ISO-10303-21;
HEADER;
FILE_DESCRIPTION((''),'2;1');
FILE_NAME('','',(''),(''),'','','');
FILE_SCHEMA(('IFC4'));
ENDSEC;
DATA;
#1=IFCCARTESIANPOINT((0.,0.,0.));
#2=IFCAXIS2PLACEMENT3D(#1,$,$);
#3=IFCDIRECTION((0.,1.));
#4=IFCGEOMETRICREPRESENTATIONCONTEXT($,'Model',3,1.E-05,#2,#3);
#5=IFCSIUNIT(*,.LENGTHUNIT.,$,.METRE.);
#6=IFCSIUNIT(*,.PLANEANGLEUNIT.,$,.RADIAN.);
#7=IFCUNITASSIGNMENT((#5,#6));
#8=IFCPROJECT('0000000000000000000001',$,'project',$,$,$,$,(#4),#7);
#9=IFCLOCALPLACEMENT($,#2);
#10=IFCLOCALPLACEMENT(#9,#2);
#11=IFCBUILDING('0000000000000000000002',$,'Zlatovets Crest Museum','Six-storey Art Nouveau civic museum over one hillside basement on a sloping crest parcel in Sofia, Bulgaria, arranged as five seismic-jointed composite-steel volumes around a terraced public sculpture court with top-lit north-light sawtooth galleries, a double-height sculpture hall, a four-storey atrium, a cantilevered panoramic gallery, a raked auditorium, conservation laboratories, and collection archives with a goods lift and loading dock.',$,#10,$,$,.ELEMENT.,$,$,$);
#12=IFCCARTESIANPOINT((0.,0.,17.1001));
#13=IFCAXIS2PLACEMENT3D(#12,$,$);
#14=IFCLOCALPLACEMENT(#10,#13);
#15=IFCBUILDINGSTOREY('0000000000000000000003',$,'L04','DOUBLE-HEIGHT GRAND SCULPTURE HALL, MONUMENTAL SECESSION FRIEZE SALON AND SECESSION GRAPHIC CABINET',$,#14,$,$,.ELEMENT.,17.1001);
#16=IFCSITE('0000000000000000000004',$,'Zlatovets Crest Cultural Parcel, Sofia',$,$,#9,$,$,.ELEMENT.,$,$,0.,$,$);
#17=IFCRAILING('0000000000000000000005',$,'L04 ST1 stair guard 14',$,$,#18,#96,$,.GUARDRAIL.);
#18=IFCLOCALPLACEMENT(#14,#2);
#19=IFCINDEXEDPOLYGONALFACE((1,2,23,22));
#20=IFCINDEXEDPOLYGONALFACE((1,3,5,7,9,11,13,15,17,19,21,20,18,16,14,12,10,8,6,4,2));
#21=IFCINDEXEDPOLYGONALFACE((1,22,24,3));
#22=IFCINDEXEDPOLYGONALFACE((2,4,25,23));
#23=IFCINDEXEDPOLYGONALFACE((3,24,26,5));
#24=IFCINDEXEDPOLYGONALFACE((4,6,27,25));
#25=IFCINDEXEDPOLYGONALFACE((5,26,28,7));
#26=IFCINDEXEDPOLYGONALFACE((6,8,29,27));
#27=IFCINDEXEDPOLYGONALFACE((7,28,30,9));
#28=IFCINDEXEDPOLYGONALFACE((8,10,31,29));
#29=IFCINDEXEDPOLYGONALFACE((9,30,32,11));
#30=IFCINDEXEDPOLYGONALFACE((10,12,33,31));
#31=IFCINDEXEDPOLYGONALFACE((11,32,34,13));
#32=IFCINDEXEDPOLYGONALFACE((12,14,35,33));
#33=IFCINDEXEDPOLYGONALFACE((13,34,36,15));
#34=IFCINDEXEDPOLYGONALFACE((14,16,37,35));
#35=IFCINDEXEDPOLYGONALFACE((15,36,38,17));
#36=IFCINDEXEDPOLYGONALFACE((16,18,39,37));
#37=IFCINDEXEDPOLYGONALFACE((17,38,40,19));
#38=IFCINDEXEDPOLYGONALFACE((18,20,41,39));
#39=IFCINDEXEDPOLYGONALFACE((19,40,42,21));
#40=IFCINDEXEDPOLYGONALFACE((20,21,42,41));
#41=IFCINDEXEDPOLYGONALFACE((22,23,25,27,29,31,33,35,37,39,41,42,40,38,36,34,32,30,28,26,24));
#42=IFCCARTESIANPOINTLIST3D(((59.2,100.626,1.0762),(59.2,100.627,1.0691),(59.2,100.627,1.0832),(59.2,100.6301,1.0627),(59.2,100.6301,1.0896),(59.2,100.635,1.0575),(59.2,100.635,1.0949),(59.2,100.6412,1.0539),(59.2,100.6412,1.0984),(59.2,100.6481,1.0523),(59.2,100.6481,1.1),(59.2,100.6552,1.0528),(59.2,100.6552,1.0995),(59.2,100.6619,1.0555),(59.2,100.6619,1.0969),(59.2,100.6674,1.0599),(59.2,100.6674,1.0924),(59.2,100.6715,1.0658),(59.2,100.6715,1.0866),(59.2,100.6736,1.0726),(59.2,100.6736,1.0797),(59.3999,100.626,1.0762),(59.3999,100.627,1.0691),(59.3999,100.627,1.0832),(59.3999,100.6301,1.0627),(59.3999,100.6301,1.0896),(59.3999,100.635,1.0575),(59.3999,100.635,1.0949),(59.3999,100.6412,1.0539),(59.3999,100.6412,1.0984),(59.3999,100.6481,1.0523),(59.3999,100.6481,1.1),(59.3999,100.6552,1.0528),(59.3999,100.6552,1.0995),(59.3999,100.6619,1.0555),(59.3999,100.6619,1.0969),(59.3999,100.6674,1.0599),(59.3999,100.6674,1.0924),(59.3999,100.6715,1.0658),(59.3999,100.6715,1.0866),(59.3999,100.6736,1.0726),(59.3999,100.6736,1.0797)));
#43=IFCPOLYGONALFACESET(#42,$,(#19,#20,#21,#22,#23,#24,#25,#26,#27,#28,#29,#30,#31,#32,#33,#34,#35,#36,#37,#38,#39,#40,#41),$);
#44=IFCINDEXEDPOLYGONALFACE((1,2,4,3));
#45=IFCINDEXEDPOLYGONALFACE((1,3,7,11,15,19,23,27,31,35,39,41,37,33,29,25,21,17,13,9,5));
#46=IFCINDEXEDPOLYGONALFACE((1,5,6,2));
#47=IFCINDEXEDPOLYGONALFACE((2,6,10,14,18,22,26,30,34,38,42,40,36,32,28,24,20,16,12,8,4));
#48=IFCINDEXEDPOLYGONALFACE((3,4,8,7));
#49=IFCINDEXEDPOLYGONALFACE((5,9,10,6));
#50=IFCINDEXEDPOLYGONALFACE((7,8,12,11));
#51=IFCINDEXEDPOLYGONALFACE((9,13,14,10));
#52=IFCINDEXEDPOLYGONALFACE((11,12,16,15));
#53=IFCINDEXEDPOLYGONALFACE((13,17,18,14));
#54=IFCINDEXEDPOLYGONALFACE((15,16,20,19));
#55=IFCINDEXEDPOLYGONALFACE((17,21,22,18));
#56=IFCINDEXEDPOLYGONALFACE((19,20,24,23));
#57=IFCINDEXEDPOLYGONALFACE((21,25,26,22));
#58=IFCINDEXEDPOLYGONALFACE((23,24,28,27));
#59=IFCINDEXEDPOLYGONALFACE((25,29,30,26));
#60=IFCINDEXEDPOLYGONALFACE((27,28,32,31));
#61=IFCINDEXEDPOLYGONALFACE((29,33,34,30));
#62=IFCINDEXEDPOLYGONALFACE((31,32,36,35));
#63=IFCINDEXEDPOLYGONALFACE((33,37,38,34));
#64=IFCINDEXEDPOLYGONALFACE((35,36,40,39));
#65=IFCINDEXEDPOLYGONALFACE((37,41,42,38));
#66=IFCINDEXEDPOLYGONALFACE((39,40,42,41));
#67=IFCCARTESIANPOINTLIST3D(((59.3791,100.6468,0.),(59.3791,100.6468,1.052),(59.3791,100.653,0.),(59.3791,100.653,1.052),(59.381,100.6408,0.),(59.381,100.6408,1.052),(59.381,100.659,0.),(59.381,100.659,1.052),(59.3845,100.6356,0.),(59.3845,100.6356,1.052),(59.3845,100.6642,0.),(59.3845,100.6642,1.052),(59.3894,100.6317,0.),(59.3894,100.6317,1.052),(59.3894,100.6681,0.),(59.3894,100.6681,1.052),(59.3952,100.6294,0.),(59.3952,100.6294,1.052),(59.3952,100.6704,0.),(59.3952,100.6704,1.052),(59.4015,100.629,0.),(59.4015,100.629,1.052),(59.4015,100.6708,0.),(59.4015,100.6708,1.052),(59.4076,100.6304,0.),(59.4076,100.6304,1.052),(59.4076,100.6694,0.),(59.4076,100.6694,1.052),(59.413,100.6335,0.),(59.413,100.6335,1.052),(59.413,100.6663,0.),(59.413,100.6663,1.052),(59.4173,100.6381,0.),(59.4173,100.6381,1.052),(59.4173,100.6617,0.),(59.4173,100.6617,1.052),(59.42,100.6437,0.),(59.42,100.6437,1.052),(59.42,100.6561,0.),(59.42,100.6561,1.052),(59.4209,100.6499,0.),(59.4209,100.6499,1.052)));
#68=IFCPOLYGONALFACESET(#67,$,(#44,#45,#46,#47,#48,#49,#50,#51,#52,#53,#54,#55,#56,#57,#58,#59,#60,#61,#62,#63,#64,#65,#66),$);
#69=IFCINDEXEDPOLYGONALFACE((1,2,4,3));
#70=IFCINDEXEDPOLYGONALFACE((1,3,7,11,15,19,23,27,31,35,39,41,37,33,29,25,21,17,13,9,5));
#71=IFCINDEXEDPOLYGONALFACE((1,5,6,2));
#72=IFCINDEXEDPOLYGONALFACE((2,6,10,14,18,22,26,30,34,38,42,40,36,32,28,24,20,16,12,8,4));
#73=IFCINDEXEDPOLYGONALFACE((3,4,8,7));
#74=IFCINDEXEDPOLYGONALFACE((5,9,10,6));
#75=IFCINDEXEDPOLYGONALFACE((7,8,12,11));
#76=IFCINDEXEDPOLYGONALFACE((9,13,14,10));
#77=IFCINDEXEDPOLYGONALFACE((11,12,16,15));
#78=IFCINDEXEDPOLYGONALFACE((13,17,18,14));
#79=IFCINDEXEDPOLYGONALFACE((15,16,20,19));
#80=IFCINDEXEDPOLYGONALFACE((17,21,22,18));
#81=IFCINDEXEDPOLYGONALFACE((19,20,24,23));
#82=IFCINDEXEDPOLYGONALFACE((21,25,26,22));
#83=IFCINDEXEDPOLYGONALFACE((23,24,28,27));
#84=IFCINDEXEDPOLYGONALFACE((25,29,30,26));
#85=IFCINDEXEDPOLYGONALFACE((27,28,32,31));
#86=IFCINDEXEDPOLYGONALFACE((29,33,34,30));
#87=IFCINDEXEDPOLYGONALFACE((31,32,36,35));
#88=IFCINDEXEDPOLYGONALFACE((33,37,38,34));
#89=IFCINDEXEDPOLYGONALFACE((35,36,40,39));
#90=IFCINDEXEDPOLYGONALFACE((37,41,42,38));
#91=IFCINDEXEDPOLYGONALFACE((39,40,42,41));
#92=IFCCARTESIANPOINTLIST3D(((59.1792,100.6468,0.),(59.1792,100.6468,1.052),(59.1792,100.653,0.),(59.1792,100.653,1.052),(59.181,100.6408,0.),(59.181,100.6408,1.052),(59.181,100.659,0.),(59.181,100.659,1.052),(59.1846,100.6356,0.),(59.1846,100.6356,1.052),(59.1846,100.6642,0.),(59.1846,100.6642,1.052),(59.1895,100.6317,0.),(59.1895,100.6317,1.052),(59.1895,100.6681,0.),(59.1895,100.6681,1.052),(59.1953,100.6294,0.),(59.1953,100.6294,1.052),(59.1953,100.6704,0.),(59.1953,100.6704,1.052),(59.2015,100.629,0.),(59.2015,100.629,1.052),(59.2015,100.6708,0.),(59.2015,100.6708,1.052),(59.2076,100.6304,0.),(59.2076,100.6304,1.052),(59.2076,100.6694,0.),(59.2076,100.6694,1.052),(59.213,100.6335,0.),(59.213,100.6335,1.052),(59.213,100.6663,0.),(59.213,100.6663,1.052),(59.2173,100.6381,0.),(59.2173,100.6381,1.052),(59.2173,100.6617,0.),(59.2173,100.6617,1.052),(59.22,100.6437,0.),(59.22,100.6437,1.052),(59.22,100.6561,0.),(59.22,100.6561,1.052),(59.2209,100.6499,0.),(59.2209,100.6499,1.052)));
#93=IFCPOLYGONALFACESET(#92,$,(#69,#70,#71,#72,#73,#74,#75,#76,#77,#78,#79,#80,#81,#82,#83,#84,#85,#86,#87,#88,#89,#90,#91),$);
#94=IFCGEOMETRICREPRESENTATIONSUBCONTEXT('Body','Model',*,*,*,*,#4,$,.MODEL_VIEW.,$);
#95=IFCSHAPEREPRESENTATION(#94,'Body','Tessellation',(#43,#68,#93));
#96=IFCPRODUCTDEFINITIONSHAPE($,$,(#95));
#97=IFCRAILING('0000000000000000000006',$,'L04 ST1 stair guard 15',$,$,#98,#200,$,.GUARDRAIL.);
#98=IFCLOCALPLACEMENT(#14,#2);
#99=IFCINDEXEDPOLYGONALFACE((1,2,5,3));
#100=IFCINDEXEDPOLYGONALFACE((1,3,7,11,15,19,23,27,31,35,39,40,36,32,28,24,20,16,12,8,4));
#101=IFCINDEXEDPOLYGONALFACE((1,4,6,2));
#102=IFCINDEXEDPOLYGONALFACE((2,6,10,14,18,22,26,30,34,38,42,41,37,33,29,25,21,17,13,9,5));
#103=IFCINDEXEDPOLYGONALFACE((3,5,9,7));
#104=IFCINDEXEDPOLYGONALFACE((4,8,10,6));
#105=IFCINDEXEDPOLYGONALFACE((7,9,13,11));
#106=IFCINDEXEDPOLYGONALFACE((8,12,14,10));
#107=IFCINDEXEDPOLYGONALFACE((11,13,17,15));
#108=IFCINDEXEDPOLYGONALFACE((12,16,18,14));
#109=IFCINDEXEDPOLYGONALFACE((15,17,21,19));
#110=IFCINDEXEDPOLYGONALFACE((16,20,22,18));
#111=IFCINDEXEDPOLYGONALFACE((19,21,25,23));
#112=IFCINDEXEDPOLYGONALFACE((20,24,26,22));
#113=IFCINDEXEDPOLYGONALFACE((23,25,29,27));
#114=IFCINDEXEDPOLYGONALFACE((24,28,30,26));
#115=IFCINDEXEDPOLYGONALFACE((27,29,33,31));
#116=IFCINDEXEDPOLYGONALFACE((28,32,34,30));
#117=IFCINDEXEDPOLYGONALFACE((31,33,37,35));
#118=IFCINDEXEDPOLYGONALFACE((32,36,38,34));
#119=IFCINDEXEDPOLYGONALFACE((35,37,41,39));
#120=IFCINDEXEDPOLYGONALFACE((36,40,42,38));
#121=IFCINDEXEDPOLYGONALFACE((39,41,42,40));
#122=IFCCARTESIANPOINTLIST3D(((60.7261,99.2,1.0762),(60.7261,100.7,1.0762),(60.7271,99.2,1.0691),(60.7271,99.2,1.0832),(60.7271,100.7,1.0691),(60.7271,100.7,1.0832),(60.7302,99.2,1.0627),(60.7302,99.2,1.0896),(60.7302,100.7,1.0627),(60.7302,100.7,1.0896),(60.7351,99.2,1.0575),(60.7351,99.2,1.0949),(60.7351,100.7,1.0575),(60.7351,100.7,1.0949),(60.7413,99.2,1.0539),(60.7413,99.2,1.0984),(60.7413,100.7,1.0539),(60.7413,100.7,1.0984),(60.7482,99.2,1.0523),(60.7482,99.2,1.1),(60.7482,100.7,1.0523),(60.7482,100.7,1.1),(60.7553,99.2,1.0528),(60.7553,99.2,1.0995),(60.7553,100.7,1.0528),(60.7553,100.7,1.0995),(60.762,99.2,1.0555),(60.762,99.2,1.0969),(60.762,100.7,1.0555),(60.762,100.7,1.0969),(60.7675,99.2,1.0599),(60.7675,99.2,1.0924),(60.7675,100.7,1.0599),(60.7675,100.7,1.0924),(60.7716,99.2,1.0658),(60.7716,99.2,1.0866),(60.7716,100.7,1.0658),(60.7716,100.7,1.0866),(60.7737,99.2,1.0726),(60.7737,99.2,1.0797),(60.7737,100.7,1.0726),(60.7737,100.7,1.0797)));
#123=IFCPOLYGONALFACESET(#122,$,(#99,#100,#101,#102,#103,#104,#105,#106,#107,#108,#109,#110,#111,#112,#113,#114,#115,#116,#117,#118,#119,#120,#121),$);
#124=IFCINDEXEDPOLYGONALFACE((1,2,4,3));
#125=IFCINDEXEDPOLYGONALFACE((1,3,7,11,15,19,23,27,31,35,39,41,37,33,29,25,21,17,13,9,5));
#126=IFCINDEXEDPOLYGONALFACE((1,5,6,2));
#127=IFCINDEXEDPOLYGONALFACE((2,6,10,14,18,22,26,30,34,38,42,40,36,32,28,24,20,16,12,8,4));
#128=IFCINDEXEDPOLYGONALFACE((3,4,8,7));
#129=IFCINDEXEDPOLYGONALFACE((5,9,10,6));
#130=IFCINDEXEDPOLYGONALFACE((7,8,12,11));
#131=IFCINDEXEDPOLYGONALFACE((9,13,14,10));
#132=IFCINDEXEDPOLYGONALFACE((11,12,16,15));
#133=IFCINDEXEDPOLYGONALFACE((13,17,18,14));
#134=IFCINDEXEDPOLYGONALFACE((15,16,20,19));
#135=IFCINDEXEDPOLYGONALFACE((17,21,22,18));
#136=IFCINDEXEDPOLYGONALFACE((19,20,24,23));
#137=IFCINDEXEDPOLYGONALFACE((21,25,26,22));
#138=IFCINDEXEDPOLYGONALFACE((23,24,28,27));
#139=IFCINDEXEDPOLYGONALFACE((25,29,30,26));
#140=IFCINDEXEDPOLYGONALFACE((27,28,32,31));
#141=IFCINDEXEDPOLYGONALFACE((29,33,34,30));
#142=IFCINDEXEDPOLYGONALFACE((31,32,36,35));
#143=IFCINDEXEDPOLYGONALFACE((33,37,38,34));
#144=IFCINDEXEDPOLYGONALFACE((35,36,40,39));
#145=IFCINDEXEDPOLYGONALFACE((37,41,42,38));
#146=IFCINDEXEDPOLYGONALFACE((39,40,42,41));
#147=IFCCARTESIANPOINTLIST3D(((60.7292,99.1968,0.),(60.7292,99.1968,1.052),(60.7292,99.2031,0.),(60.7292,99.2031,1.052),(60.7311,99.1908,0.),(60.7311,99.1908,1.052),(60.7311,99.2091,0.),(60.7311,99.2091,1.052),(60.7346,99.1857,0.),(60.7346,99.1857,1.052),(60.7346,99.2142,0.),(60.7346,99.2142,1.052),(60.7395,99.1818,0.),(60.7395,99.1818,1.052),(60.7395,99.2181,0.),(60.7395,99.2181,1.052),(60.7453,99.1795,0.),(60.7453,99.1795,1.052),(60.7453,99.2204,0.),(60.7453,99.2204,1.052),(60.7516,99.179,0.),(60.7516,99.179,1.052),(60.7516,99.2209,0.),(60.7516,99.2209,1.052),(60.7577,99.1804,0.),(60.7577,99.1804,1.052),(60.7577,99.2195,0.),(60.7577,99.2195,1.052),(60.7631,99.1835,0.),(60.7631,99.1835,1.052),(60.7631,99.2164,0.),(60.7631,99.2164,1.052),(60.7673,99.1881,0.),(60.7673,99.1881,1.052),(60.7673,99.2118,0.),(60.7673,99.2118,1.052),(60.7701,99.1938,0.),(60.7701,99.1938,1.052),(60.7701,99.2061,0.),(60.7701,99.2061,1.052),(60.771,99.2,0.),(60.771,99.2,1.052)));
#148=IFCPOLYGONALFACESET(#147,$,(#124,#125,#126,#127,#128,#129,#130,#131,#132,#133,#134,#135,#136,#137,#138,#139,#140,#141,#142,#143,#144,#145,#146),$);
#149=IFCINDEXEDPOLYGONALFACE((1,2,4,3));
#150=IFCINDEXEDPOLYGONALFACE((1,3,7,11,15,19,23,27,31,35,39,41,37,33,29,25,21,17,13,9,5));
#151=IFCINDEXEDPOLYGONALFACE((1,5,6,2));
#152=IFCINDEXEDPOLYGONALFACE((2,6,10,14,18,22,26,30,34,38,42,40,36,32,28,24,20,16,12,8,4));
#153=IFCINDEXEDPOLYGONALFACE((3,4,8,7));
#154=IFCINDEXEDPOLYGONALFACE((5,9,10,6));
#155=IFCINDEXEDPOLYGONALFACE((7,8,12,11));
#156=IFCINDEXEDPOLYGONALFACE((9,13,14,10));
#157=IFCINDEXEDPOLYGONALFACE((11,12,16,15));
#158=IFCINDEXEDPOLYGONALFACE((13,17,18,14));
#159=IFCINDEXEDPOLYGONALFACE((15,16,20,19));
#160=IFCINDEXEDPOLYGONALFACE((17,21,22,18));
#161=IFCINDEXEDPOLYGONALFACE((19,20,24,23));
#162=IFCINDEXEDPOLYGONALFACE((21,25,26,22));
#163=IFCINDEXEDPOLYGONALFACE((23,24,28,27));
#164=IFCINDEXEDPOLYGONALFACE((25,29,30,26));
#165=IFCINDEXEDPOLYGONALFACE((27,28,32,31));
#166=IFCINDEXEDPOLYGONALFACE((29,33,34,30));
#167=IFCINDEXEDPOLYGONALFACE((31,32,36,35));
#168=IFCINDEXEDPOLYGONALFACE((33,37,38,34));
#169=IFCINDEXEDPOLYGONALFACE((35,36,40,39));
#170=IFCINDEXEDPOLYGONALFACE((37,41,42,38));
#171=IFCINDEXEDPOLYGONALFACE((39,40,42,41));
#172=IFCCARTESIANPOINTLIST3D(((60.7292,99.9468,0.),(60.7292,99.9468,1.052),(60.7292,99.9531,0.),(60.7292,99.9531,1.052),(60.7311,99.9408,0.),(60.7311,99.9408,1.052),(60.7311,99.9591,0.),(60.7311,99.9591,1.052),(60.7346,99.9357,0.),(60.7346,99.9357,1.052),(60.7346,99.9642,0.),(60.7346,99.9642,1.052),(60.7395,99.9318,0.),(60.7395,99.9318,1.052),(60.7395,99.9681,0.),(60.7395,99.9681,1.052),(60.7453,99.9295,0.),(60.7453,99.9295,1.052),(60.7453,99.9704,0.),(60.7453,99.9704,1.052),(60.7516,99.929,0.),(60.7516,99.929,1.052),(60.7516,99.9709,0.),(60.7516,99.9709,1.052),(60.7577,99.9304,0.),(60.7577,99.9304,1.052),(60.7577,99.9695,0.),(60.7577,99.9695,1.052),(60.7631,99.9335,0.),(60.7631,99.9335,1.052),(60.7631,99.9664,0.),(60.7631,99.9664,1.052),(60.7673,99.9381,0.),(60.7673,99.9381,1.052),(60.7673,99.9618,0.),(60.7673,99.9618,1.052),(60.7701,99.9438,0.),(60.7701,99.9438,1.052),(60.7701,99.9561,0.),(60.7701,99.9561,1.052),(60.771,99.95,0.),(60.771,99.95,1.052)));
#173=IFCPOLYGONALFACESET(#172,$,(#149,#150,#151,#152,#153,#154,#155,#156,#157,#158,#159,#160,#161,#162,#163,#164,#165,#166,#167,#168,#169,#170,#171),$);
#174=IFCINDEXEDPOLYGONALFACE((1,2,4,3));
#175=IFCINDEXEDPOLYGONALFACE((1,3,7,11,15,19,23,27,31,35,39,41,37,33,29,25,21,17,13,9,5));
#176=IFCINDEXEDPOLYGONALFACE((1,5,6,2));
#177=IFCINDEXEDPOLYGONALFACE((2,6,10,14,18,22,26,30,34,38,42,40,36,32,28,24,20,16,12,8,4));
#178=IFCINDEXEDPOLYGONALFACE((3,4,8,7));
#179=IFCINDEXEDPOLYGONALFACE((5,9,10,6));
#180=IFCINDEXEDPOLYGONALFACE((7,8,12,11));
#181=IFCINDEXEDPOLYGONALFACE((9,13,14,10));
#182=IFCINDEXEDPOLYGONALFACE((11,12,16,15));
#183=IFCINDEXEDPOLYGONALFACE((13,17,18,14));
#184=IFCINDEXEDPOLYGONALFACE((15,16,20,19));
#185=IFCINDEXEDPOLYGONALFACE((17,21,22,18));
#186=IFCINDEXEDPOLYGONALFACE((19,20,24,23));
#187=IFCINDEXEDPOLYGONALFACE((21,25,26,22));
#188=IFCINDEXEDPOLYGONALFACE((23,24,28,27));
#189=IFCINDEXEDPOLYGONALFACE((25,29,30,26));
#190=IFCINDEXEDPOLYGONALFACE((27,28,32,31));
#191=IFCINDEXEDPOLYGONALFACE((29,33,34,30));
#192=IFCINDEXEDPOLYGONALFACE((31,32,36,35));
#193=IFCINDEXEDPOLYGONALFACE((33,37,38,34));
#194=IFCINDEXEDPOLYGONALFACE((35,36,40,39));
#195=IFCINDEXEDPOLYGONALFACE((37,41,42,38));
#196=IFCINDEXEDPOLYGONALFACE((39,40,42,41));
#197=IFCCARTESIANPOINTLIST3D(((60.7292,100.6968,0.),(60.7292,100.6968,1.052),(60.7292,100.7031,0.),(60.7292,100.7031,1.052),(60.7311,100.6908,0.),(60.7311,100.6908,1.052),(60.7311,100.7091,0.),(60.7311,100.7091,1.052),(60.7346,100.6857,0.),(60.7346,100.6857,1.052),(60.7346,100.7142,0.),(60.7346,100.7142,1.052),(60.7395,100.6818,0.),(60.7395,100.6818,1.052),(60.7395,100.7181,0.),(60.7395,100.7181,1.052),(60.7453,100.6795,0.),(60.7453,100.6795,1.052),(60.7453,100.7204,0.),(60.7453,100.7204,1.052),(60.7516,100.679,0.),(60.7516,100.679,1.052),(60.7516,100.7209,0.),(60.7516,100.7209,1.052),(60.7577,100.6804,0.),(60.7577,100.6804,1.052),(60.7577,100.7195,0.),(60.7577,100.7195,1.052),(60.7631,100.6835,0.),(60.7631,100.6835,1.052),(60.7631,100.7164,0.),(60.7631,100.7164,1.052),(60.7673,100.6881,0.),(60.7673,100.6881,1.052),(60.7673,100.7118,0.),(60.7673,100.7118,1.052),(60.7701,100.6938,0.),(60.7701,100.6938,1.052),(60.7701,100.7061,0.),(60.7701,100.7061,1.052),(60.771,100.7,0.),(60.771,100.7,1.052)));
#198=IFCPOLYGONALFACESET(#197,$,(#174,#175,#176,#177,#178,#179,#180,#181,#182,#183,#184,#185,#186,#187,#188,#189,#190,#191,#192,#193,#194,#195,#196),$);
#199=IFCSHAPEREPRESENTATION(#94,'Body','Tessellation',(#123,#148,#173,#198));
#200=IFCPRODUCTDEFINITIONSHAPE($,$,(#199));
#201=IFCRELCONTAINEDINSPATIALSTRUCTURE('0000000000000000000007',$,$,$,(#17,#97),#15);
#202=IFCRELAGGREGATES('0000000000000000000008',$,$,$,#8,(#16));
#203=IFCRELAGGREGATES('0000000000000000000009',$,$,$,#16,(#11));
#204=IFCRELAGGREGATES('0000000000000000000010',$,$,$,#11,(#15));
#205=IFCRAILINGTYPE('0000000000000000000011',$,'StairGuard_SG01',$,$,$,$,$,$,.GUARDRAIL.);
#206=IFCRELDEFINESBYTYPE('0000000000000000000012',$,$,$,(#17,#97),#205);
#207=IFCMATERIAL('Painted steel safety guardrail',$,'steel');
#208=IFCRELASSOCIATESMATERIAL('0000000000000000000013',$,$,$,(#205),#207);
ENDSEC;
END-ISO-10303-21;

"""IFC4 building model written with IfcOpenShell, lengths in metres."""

from ifc_helpers import new_model, si_unit, direction, frame, origin, origin_2d, place, context, subcontext, project, spatial, circle, extrude, material, type_object, element, save


model = new_model("IFC4")

# Units and contexts
model_context = context("Model", 3, precision=1e-05, world=origin(), true_north=direction((0.0, 1.0)))
body_context = subcontext(model_context, "Body", "Model", "MODEL_VIEW")
ifc_project = project(units=[si_unit("LENGTHUNIT", "METRE"), si_unit("PLANEANGLEUNIT", "RADIAN")], contexts=[model_context])

# Site, building, storey
site_placement = place(None, origin())
site = spatial("IfcSite", under=ifc_project, at=site_placement, Name="Zlatovets Crest Cultural Parcel, Sofia", CompositionType="ELEMENT", RefElevation=0.0)
building_placement = place(site_placement, origin())
building = spatial("IfcBuilding", under=site, at=building_placement, Name="Zlatovets Crest Museum", Description="Six-storey Art Nouveau civic museum over one hillside basement on a sloping crest parcel in Sofia, Bulgaria, arranged as five seismic-jointed composite-steel volumes around a terraced public sculpture court with top-lit north-light sawtooth galleries, a double-height sculpture hall, a four-storey atrium, a cantilevered panoramic gallery, a raked auditorium, conservation laboratories, and collection archives with a goods lift and loading dock.", CompositionType="ELEMENT")
storey_placement = place(building_placement, frame((0.0, 0.0, 17.1001)))
storey = spatial("IfcBuildingStorey", under=building, at=storey_placement, Name="L04", Description="DOUBLE-HEIGHT GRAND SCULPTURE HALL, MONUMENTAL SECESSION FRIEZE SALON AND SECESSION GRAPHIC CABINET", CompositionType="ELEMENT", Elevation=17.1001)

# Railings
ifc_material_1 = material(Name="Painted steel safety guardrail", Category="steel")
railing_type = type_object("IfcRailingType", Name="StairGuard_SG01", PredefinedType="GUARDRAIL", material=ifc_material_1)
railing_1_placement = place(storey_placement, frame((59.3999, 100.6499, 0.0)))
element("IfcRailing", 1, at=railing_1_placement, inside=storey, type_object=railing_type, Name="L04 ST1 stair guard 14", PredefinedType="GUARDRAIL", context=body_context, shape_type="SweptSolid", body=[
    extrude(circle(Radius=0.0239, at=origin_2d()), frame((0.0, 0.0, 1.0762), z_axis=(-1.0, 0.0, 0.0), x_axis=(0.0, -1.0, 0.0)), (0.0, 0.0, 1.0), 0.2),
    extrude(circle(Radius=0.021, at=origin_2d()), origin(), (0.0, 0.0, 1.0), 1.052),
    extrude(circle(Radius=0.021, at=origin_2d()), frame((-0.2, 0.0, 0.0)), (0.0, 0.0, 1.0), 1.052),
])
for number, where, name in (
    (2, (60.75, 99.2, 0.0), "L04 ST1 stair guard 15"),
):
    element("IfcRailing", number, at=place(storey_placement, frame(where)), inside=storey, type_object=railing_type, Name=name, PredefinedType="GUARDRAIL", context=body_context, shape_type="SweptSolid", body=[
        extrude(circle(Radius=0.0239, at=origin_2d()), frame((0.0, 0.0, 1.0762), z_axis=(0.0, 1.0, 0.0), x_axis=(-1.0, 0.0, 0.0)), (0.0, 0.0, 1.0), 1.5),
        extrude(circle(Radius=0.021, at=origin_2d()), origin(), (0.0, 0.0, 1.0), 1.052),
        extrude(circle(Radius=0.021, at=origin_2d()), frame((0.0, 0.75, 0.0)), (0.0, 0.0, 1.0), 1.052),
        extrude(circle(Radius=0.021, at=origin_2d()), frame((0.0, 1.5, 0.0)), (0.0, 0.0, 1.0), 1.052),
    ])

save(model, "model.ifc")
